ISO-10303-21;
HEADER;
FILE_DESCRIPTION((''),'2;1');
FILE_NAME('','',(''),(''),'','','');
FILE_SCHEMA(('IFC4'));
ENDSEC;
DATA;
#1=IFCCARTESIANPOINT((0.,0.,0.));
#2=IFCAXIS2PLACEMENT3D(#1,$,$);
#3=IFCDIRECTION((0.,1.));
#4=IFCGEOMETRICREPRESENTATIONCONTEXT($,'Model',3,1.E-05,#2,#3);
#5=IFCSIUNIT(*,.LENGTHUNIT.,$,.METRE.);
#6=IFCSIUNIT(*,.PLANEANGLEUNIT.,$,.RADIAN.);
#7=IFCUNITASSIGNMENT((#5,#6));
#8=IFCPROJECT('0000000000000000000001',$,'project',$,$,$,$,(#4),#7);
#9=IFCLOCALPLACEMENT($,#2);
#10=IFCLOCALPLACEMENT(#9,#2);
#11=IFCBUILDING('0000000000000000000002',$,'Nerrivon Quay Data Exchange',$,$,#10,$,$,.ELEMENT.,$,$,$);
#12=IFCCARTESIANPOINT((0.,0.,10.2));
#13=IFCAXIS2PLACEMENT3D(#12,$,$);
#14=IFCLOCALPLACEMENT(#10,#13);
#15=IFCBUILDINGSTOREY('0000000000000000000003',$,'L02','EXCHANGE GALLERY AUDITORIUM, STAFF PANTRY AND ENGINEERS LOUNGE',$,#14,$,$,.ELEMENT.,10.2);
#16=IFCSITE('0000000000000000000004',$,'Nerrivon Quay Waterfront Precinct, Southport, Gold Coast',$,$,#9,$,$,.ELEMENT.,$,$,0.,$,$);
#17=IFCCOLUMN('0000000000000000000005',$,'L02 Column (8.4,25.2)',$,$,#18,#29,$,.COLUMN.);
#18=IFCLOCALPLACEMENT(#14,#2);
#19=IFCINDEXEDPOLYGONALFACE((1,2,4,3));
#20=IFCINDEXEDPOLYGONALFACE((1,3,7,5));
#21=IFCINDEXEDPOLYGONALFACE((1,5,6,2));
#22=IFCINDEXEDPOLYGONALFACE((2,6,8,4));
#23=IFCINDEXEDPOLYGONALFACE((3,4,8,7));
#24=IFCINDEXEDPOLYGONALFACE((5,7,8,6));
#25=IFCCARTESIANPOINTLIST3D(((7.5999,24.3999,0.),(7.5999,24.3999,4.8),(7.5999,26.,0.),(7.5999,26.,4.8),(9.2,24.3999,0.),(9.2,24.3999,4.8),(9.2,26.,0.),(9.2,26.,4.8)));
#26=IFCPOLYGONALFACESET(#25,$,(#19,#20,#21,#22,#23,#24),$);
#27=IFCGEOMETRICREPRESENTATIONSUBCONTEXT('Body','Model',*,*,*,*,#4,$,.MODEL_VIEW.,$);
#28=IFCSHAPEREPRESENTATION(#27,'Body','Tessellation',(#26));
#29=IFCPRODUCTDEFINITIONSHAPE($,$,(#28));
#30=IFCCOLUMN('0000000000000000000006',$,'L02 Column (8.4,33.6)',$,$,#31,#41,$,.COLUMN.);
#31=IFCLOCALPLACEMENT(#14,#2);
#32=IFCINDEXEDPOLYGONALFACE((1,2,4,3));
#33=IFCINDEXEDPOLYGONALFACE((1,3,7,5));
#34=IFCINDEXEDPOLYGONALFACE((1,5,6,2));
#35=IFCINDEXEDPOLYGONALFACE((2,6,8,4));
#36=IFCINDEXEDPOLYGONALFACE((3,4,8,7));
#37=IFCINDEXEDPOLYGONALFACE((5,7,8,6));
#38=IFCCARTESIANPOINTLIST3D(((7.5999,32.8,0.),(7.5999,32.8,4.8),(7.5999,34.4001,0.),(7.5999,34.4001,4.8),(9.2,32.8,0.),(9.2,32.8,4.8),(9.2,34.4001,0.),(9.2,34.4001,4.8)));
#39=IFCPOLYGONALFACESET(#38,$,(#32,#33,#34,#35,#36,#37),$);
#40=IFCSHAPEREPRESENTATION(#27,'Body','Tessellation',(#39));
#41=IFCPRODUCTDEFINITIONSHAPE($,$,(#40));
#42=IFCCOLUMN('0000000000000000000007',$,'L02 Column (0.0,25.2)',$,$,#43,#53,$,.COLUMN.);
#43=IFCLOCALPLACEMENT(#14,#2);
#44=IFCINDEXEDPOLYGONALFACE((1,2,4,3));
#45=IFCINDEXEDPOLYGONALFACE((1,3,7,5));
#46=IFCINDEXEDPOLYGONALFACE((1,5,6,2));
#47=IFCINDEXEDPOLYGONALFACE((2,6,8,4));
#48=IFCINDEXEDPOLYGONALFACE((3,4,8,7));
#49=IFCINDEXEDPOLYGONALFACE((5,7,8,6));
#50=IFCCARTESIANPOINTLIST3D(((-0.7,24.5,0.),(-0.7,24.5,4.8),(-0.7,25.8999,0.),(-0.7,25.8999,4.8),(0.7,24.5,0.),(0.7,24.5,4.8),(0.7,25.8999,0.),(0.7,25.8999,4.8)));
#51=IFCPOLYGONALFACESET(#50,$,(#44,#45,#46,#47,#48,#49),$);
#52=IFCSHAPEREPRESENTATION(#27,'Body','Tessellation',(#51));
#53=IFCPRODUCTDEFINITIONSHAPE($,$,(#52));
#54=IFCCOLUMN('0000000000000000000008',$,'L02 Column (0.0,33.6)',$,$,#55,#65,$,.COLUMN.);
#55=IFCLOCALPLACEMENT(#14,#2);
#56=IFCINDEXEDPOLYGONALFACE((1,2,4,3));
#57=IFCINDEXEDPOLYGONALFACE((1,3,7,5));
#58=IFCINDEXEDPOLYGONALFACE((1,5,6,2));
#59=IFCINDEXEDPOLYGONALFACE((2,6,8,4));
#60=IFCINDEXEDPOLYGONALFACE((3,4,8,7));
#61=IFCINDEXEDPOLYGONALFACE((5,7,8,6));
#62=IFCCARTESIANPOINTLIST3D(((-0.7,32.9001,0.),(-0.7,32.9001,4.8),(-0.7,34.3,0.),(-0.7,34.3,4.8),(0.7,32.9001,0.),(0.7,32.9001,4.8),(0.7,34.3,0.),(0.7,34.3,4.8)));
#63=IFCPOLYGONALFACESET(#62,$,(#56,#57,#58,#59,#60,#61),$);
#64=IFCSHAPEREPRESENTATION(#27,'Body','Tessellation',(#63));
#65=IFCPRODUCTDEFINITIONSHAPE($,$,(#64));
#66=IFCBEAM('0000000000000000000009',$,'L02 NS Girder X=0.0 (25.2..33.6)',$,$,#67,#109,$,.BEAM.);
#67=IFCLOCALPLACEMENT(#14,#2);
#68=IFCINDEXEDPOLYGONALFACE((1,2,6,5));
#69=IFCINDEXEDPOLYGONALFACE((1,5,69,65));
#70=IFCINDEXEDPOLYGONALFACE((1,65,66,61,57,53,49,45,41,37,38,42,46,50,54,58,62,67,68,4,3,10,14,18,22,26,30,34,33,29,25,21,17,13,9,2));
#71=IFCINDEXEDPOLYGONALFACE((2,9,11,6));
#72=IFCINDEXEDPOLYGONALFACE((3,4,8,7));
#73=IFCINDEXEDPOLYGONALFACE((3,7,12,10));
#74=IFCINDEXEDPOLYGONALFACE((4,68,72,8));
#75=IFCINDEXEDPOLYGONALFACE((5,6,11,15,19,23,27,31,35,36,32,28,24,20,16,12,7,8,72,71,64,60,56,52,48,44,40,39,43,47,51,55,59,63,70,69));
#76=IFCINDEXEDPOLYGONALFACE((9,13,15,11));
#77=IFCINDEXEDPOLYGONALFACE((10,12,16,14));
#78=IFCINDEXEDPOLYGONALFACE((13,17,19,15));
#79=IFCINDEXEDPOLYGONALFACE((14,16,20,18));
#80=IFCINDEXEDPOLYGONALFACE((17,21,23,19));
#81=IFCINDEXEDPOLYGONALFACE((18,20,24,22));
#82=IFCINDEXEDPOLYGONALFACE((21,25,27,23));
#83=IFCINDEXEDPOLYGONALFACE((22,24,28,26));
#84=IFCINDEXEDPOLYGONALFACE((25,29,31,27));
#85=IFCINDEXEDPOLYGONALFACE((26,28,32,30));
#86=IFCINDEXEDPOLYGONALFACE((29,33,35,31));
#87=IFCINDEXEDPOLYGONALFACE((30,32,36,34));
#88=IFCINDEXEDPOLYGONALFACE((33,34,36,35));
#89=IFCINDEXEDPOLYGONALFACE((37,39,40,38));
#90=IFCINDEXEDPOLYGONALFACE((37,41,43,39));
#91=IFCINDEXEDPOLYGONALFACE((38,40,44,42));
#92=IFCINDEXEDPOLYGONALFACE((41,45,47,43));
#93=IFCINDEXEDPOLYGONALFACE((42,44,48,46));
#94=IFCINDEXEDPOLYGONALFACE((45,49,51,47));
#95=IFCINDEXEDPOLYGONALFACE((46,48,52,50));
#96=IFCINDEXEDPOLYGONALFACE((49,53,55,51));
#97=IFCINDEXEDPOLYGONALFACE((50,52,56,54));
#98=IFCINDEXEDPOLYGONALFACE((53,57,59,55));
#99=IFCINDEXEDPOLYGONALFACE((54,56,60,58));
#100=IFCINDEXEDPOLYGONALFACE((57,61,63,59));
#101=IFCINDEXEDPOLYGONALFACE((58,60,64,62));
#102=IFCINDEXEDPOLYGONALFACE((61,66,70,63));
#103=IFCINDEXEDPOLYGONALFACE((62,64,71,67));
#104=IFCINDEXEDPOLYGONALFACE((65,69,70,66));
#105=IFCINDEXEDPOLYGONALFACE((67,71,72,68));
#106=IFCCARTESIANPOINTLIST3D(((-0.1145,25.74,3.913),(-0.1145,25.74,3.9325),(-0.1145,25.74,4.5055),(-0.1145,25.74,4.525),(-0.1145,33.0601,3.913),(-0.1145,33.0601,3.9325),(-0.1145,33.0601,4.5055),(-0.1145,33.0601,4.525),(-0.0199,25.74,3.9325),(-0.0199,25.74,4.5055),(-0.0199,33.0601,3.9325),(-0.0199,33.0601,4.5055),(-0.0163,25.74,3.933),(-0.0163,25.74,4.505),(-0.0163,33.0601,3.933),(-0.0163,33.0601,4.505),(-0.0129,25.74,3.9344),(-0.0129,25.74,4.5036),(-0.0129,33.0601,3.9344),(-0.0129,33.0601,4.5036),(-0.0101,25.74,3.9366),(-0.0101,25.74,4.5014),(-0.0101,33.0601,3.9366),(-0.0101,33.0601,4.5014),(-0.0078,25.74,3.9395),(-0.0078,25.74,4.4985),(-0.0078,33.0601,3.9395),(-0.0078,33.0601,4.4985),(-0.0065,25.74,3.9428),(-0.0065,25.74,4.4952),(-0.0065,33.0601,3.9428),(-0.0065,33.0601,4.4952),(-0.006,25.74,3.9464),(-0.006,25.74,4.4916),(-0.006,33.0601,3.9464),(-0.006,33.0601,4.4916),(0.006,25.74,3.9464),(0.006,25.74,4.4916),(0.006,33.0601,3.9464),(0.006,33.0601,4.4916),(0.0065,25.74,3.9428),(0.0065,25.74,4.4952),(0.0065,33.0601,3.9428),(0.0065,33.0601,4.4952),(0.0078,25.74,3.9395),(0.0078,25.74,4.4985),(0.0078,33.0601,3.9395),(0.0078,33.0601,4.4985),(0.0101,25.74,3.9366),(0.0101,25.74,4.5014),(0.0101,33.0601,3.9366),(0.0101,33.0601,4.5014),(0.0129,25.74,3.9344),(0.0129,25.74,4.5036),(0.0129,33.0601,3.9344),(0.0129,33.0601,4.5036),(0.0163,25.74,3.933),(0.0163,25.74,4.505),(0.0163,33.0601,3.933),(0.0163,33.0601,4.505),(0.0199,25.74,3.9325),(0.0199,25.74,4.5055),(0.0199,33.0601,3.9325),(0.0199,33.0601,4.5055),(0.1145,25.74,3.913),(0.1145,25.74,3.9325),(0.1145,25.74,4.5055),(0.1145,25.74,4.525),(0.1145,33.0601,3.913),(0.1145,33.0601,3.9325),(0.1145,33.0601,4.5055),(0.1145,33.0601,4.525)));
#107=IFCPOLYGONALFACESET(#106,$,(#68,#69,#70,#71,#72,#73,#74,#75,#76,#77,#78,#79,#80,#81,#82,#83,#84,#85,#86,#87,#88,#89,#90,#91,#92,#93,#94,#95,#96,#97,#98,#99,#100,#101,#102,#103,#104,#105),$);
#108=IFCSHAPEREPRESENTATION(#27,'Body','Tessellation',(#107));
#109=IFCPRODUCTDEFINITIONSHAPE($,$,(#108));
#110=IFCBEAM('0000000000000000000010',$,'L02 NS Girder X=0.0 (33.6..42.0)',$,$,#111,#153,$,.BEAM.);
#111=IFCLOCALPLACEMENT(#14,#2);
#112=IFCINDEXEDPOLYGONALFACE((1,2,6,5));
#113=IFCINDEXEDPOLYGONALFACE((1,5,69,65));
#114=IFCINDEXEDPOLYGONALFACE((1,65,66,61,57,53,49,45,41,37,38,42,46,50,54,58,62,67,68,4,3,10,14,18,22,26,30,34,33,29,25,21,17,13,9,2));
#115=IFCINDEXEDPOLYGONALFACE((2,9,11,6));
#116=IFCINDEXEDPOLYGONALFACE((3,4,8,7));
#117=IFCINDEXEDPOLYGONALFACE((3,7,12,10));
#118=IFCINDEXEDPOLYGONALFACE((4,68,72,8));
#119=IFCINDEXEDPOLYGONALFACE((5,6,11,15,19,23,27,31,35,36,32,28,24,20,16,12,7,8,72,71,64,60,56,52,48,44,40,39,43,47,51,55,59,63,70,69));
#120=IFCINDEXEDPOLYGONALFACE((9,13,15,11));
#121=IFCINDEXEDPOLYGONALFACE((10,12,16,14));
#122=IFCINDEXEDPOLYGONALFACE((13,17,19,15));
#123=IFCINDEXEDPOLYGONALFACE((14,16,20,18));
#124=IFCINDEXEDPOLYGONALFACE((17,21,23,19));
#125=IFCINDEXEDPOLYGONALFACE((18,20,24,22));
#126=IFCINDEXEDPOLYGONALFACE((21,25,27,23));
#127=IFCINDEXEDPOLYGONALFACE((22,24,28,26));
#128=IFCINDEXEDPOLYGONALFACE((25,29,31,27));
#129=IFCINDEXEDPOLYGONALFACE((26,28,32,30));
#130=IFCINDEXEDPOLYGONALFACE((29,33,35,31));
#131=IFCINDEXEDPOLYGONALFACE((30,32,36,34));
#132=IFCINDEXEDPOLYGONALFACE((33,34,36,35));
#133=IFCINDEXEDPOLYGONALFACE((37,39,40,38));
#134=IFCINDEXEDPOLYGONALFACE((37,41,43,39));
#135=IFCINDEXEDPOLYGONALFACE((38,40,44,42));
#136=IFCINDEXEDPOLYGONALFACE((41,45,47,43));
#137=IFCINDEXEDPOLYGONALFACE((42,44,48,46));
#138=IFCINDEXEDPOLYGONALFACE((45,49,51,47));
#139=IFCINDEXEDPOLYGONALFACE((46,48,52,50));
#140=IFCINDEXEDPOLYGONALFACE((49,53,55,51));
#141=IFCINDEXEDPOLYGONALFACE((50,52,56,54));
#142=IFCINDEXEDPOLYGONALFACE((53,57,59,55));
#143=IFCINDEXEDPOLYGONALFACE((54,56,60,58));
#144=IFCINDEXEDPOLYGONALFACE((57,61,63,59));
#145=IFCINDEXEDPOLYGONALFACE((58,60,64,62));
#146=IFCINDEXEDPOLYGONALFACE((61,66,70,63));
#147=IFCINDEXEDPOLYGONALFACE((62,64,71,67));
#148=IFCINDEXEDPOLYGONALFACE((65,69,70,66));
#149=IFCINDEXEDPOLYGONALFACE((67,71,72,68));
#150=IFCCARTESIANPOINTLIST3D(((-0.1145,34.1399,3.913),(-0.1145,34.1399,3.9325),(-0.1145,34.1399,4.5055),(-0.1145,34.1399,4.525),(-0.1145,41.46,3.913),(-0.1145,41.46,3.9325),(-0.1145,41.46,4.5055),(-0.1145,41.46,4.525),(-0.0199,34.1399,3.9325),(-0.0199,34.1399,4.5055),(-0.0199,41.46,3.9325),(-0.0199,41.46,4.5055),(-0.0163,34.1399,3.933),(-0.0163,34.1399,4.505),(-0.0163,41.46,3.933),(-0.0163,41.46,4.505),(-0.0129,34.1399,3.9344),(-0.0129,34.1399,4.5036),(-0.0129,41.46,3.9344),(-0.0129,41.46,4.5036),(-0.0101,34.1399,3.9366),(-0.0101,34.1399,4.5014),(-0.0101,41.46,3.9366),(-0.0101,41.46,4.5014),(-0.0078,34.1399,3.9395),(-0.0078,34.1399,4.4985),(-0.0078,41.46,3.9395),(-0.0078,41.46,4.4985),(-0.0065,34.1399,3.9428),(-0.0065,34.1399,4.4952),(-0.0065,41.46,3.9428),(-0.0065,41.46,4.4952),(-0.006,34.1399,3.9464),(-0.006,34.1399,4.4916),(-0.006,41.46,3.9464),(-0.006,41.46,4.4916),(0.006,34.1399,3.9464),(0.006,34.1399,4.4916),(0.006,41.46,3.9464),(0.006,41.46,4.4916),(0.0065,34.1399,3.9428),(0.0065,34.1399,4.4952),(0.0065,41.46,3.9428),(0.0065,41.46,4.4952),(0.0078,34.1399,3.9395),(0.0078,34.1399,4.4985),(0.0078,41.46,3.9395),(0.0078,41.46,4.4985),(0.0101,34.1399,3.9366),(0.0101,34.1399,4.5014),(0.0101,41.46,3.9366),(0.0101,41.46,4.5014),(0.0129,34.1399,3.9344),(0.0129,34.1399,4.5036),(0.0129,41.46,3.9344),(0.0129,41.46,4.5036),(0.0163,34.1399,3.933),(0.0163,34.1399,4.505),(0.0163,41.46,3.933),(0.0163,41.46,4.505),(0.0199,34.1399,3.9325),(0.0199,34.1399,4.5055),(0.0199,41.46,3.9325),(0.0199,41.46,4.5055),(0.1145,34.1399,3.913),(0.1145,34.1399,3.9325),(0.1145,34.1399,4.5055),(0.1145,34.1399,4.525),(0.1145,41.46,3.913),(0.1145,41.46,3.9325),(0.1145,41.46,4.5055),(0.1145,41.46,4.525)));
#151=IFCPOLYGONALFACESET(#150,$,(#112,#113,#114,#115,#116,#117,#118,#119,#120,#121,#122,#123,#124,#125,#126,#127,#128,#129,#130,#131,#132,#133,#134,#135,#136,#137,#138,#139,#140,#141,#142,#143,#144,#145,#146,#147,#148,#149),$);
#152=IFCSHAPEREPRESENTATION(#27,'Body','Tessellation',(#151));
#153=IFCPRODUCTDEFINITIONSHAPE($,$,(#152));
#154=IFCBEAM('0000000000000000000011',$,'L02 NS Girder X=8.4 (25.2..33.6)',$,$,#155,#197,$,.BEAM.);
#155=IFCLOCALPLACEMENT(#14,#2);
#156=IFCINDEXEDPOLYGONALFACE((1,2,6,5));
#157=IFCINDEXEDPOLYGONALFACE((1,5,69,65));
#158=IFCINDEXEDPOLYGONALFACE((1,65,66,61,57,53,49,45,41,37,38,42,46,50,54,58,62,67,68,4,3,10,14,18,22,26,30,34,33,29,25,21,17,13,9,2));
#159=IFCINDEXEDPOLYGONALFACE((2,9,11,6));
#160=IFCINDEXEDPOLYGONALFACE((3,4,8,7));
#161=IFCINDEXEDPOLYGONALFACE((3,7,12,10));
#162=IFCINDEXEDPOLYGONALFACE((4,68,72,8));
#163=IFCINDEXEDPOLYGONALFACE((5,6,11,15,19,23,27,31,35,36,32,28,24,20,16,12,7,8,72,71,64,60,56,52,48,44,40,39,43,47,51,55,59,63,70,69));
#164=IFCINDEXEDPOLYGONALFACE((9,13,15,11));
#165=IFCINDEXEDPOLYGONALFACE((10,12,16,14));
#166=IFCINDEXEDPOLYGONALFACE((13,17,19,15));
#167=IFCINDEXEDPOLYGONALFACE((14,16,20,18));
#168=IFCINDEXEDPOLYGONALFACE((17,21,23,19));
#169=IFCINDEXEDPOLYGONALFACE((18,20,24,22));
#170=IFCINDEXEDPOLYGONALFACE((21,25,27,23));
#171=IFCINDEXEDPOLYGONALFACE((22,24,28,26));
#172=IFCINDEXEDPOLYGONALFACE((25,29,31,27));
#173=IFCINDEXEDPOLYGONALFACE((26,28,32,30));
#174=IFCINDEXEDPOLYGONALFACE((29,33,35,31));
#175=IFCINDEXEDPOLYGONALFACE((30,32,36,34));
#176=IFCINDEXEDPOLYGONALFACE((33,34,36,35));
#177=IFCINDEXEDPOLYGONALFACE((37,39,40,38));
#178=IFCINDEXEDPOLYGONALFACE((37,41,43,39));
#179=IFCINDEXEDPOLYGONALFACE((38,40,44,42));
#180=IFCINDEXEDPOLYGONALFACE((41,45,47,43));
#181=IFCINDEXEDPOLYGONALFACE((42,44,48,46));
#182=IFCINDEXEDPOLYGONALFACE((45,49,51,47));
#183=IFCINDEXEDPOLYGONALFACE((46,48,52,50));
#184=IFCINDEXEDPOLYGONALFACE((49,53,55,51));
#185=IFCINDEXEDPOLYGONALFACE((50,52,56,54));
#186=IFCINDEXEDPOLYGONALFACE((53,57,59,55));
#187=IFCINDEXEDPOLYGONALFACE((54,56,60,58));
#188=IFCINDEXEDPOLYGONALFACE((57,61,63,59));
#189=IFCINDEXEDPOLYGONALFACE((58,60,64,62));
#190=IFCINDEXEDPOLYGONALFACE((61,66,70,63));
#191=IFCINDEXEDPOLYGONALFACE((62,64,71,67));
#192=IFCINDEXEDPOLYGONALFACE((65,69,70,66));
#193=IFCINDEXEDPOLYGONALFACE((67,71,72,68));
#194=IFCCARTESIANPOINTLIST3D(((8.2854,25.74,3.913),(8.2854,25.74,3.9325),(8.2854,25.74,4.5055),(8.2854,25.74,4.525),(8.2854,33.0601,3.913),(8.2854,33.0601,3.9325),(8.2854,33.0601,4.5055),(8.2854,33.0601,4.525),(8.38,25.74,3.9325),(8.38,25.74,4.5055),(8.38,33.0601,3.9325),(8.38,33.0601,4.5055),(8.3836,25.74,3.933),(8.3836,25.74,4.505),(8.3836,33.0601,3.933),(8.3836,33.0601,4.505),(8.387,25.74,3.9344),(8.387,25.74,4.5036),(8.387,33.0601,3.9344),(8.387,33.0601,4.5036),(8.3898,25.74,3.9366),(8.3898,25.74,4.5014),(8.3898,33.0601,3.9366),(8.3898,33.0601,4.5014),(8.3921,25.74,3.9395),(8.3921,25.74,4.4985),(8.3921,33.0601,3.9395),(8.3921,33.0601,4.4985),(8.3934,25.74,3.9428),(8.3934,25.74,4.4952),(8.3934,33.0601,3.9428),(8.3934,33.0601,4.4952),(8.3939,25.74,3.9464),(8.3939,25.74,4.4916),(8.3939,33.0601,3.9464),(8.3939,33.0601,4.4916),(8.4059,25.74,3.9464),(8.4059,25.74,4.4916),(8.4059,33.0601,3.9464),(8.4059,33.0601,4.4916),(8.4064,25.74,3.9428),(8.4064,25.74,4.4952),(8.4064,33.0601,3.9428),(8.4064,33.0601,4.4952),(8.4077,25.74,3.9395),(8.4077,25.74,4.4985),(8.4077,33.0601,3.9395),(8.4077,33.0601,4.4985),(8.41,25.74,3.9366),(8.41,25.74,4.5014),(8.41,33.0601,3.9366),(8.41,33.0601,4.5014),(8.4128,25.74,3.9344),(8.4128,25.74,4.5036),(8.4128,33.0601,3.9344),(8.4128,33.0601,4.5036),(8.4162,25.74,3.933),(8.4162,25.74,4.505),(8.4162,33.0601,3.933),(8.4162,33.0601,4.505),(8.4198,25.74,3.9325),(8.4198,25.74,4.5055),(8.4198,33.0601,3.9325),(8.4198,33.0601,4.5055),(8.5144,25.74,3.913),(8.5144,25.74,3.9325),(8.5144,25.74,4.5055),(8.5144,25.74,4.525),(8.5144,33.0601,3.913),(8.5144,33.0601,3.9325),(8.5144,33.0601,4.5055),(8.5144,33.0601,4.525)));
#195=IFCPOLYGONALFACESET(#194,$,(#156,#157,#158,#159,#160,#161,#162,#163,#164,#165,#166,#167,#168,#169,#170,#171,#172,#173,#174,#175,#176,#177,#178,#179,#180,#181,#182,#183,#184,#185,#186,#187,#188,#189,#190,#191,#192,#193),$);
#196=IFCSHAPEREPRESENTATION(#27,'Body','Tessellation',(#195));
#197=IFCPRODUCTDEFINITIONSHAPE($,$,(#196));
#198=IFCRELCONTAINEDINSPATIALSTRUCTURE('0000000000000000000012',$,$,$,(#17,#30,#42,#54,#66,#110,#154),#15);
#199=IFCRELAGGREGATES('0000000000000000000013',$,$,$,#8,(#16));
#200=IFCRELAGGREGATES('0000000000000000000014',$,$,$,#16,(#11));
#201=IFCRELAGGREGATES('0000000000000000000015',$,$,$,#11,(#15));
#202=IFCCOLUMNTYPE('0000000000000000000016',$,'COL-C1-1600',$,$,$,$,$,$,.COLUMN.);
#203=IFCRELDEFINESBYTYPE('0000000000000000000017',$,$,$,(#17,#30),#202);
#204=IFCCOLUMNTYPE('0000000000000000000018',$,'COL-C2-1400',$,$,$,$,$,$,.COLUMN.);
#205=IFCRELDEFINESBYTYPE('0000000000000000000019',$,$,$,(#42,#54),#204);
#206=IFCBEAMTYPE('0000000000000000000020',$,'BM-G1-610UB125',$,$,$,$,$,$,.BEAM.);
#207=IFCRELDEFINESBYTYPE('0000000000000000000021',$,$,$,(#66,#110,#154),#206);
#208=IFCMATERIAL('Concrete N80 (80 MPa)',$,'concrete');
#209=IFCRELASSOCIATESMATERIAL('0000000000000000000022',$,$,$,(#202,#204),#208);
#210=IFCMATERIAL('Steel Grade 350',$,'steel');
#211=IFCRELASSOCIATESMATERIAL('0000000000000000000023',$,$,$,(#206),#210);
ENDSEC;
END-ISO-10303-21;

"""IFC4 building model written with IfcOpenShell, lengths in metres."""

from ifc_helpers import new_model, si_unit, direction, frame, origin, origin_2d, place, context, subcontext, project, spatial, rectangle, i_section, extrude, material, material_profile, profile_set, type_object, element, save


model = new_model("IFC4")

# Units and contexts
model_context = context("Model", 3, precision=1e-05, world=origin(), true_north=direction((0.0, 1.0)))
body_context = subcontext(model_context, "Body", "Model", "MODEL_VIEW")
ifc_project = project(units=[si_unit("LENGTHUNIT", "METRE"), si_unit("PLANEANGLEUNIT", "RADIAN")], contexts=[model_context])

# Site, building, storey
site_placement = place(None, origin())
site = spatial("IfcSite", under=ifc_project, at=site_placement, Name="Nerrivon Quay Waterfront Precinct, Southport, Gold Coast", CompositionType="ELEMENT", RefElevation=0.0)
building_placement = place(site_placement, origin())
building = spatial("IfcBuilding", under=site, at=building_placement, Name="Nerrivon Quay Data Exchange", CompositionType="ELEMENT")
storey_placement = place(building_placement, frame((0.0, 0.0, 10.2)))
storey = spatial("IfcBuildingStorey", under=building, at=storey_placement, Name="L02", Description="EXCHANGE GALLERY AUDITORIUM, STAFF PANTRY AND ENGINEERS LOUNGE", CompositionType="ELEMENT", Elevation=10.2)

# Columns
ifc_material_1 = material(Name="Concrete N80 (80 MPa)", Category="concrete")
ifc_material_profile_1 = material_profile(ifc_material_1, rectangle(XDim=1.6001, YDim=1.6001, at=origin_2d()), Name="RC-COL-1600x1600")
ifc_profile_set_1 = profile_set([ifc_material_profile_1], Name="Concrete N80 (80 MPa)")
column_type_1 = type_object("IfcColumnType", Name="COL-C1-1600", PredefinedType="COLUMN", material=ifc_profile_set_1)
for number, where, z_axis, x_axis, name in (
    (1, (8.3999, 25.2, 0.0), (0.0, 0.0, 1.0), (1.0, 0.0, 0.0), "L02 Column (8.4,25.2)"),
    (2, (8.3999, 33.6001, 0.0), (0.0, 0.0, 1.0), (1.0, 0.0, 0.0), "L02 Column (8.4,33.6)"),
):
    element("IfcColumn", number, at=place(storey_placement, frame(where, z_axis=z_axis, x_axis=x_axis)), inside=storey, type_object=column_type_1, Name=name, PredefinedType="COLUMN", context=body_context, shape_type="SweptSolid", body=[
        extrude(rectangle(XDim=1.6001, YDim=1.6001, at=origin_2d()), origin(), (0.0, 0.0, 1.0), 4.8),
    ])
ifc_material_profile_2 = material_profile(ifc_material_1, rectangle(XDim=1.3999, YDim=1.3999, at=origin_2d()), Name="RC-COL-1400x1400")
ifc_profile_set_2 = profile_set([ifc_material_profile_2], Name="Concrete N80 (80 MPa)")
column_type_2 = type_object("IfcColumnType", Name="COL-C2-1400", PredefinedType="COLUMN", material=ifc_profile_set_2)
for number, where, z_axis, x_axis, name in (
    (3, (0.0, 25.2, 0.0), (0.0, 0.0, 1.0), (1.0, 0.0, 0.0), "L02 Column (0.0,25.2)"),
    (4, (0.0, 33.6001, 0.0), (0.0, 0.0, 1.0), (1.0, 0.0, 0.0), "L02 Column (0.0,33.6)"),
):
    element("IfcColumn", number, at=place(storey_placement, frame(where, z_axis=z_axis, x_axis=x_axis)), inside=storey, type_object=column_type_2, Name=name, PredefinedType="COLUMN", context=body_context, shape_type="SweptSolid", body=[
        extrude(rectangle(XDim=1.3999, YDim=1.3999, at=origin_2d()), origin(), (0.0, 0.0, 1.0), 4.8),
    ])

# Beams
ifc_material_2 = material(Name="Steel Grade 350", Category="steel")
ifc_material_profile_3 = material_profile(ifc_material_2, i_section(OverallWidth=0.229, OverallDepth=0.6121, WebThickness=0.012, FlangeThickness=0.0195, FilletRadius=0.0139, at=origin_2d()), Name="610UB125")
ifc_profile_set_3 = profile_set([ifc_material_profile_3], Name="Steel Grade 350")
beam_type_1 = type_object("IfcBeamType", Name="BM-G1-610UB125", PredefinedType="BEAM", material=ifc_profile_set_3)
for number, where, z_axis, x_axis, name in (
    (5, (0.0, 25.74, 4.219), (0.0, 1.0, 0.0), (-1.0, 0.0, 0.0), "L02 NS Girder X=0.0 (25.2..33.6)"),
    (6, (0.0, 34.1399, 4.219), (0.0, 1.0, 0.0), (-1.0, 0.0, 0.0), "L02 NS Girder X=0.0 (33.6..42.0)"),
    (7, (8.3999, 25.74, 4.219), (0.0, 1.0, 0.0), (-1.0, 0.0, 0.0), "L02 NS Girder X=8.4 (25.2..33.6)"),
):
    element("IfcBeam", number, at=place(storey_placement, frame(where, z_axis=z_axis, x_axis=x_axis)), inside=storey, type_object=beam_type_1, Name=name, PredefinedType="BEAM", context=body_context, shape_type="SweptSolid", body=[
        extrude(i_section(OverallWidth=0.229, OverallDepth=0.6121, WebThickness=0.012, FlangeThickness=0.0195, FilletRadius=0.0139, at=origin_2d()), origin(), (0.0, 0.0, 1.0), 7.3201),
    ])

save(model, "model.ifc")
